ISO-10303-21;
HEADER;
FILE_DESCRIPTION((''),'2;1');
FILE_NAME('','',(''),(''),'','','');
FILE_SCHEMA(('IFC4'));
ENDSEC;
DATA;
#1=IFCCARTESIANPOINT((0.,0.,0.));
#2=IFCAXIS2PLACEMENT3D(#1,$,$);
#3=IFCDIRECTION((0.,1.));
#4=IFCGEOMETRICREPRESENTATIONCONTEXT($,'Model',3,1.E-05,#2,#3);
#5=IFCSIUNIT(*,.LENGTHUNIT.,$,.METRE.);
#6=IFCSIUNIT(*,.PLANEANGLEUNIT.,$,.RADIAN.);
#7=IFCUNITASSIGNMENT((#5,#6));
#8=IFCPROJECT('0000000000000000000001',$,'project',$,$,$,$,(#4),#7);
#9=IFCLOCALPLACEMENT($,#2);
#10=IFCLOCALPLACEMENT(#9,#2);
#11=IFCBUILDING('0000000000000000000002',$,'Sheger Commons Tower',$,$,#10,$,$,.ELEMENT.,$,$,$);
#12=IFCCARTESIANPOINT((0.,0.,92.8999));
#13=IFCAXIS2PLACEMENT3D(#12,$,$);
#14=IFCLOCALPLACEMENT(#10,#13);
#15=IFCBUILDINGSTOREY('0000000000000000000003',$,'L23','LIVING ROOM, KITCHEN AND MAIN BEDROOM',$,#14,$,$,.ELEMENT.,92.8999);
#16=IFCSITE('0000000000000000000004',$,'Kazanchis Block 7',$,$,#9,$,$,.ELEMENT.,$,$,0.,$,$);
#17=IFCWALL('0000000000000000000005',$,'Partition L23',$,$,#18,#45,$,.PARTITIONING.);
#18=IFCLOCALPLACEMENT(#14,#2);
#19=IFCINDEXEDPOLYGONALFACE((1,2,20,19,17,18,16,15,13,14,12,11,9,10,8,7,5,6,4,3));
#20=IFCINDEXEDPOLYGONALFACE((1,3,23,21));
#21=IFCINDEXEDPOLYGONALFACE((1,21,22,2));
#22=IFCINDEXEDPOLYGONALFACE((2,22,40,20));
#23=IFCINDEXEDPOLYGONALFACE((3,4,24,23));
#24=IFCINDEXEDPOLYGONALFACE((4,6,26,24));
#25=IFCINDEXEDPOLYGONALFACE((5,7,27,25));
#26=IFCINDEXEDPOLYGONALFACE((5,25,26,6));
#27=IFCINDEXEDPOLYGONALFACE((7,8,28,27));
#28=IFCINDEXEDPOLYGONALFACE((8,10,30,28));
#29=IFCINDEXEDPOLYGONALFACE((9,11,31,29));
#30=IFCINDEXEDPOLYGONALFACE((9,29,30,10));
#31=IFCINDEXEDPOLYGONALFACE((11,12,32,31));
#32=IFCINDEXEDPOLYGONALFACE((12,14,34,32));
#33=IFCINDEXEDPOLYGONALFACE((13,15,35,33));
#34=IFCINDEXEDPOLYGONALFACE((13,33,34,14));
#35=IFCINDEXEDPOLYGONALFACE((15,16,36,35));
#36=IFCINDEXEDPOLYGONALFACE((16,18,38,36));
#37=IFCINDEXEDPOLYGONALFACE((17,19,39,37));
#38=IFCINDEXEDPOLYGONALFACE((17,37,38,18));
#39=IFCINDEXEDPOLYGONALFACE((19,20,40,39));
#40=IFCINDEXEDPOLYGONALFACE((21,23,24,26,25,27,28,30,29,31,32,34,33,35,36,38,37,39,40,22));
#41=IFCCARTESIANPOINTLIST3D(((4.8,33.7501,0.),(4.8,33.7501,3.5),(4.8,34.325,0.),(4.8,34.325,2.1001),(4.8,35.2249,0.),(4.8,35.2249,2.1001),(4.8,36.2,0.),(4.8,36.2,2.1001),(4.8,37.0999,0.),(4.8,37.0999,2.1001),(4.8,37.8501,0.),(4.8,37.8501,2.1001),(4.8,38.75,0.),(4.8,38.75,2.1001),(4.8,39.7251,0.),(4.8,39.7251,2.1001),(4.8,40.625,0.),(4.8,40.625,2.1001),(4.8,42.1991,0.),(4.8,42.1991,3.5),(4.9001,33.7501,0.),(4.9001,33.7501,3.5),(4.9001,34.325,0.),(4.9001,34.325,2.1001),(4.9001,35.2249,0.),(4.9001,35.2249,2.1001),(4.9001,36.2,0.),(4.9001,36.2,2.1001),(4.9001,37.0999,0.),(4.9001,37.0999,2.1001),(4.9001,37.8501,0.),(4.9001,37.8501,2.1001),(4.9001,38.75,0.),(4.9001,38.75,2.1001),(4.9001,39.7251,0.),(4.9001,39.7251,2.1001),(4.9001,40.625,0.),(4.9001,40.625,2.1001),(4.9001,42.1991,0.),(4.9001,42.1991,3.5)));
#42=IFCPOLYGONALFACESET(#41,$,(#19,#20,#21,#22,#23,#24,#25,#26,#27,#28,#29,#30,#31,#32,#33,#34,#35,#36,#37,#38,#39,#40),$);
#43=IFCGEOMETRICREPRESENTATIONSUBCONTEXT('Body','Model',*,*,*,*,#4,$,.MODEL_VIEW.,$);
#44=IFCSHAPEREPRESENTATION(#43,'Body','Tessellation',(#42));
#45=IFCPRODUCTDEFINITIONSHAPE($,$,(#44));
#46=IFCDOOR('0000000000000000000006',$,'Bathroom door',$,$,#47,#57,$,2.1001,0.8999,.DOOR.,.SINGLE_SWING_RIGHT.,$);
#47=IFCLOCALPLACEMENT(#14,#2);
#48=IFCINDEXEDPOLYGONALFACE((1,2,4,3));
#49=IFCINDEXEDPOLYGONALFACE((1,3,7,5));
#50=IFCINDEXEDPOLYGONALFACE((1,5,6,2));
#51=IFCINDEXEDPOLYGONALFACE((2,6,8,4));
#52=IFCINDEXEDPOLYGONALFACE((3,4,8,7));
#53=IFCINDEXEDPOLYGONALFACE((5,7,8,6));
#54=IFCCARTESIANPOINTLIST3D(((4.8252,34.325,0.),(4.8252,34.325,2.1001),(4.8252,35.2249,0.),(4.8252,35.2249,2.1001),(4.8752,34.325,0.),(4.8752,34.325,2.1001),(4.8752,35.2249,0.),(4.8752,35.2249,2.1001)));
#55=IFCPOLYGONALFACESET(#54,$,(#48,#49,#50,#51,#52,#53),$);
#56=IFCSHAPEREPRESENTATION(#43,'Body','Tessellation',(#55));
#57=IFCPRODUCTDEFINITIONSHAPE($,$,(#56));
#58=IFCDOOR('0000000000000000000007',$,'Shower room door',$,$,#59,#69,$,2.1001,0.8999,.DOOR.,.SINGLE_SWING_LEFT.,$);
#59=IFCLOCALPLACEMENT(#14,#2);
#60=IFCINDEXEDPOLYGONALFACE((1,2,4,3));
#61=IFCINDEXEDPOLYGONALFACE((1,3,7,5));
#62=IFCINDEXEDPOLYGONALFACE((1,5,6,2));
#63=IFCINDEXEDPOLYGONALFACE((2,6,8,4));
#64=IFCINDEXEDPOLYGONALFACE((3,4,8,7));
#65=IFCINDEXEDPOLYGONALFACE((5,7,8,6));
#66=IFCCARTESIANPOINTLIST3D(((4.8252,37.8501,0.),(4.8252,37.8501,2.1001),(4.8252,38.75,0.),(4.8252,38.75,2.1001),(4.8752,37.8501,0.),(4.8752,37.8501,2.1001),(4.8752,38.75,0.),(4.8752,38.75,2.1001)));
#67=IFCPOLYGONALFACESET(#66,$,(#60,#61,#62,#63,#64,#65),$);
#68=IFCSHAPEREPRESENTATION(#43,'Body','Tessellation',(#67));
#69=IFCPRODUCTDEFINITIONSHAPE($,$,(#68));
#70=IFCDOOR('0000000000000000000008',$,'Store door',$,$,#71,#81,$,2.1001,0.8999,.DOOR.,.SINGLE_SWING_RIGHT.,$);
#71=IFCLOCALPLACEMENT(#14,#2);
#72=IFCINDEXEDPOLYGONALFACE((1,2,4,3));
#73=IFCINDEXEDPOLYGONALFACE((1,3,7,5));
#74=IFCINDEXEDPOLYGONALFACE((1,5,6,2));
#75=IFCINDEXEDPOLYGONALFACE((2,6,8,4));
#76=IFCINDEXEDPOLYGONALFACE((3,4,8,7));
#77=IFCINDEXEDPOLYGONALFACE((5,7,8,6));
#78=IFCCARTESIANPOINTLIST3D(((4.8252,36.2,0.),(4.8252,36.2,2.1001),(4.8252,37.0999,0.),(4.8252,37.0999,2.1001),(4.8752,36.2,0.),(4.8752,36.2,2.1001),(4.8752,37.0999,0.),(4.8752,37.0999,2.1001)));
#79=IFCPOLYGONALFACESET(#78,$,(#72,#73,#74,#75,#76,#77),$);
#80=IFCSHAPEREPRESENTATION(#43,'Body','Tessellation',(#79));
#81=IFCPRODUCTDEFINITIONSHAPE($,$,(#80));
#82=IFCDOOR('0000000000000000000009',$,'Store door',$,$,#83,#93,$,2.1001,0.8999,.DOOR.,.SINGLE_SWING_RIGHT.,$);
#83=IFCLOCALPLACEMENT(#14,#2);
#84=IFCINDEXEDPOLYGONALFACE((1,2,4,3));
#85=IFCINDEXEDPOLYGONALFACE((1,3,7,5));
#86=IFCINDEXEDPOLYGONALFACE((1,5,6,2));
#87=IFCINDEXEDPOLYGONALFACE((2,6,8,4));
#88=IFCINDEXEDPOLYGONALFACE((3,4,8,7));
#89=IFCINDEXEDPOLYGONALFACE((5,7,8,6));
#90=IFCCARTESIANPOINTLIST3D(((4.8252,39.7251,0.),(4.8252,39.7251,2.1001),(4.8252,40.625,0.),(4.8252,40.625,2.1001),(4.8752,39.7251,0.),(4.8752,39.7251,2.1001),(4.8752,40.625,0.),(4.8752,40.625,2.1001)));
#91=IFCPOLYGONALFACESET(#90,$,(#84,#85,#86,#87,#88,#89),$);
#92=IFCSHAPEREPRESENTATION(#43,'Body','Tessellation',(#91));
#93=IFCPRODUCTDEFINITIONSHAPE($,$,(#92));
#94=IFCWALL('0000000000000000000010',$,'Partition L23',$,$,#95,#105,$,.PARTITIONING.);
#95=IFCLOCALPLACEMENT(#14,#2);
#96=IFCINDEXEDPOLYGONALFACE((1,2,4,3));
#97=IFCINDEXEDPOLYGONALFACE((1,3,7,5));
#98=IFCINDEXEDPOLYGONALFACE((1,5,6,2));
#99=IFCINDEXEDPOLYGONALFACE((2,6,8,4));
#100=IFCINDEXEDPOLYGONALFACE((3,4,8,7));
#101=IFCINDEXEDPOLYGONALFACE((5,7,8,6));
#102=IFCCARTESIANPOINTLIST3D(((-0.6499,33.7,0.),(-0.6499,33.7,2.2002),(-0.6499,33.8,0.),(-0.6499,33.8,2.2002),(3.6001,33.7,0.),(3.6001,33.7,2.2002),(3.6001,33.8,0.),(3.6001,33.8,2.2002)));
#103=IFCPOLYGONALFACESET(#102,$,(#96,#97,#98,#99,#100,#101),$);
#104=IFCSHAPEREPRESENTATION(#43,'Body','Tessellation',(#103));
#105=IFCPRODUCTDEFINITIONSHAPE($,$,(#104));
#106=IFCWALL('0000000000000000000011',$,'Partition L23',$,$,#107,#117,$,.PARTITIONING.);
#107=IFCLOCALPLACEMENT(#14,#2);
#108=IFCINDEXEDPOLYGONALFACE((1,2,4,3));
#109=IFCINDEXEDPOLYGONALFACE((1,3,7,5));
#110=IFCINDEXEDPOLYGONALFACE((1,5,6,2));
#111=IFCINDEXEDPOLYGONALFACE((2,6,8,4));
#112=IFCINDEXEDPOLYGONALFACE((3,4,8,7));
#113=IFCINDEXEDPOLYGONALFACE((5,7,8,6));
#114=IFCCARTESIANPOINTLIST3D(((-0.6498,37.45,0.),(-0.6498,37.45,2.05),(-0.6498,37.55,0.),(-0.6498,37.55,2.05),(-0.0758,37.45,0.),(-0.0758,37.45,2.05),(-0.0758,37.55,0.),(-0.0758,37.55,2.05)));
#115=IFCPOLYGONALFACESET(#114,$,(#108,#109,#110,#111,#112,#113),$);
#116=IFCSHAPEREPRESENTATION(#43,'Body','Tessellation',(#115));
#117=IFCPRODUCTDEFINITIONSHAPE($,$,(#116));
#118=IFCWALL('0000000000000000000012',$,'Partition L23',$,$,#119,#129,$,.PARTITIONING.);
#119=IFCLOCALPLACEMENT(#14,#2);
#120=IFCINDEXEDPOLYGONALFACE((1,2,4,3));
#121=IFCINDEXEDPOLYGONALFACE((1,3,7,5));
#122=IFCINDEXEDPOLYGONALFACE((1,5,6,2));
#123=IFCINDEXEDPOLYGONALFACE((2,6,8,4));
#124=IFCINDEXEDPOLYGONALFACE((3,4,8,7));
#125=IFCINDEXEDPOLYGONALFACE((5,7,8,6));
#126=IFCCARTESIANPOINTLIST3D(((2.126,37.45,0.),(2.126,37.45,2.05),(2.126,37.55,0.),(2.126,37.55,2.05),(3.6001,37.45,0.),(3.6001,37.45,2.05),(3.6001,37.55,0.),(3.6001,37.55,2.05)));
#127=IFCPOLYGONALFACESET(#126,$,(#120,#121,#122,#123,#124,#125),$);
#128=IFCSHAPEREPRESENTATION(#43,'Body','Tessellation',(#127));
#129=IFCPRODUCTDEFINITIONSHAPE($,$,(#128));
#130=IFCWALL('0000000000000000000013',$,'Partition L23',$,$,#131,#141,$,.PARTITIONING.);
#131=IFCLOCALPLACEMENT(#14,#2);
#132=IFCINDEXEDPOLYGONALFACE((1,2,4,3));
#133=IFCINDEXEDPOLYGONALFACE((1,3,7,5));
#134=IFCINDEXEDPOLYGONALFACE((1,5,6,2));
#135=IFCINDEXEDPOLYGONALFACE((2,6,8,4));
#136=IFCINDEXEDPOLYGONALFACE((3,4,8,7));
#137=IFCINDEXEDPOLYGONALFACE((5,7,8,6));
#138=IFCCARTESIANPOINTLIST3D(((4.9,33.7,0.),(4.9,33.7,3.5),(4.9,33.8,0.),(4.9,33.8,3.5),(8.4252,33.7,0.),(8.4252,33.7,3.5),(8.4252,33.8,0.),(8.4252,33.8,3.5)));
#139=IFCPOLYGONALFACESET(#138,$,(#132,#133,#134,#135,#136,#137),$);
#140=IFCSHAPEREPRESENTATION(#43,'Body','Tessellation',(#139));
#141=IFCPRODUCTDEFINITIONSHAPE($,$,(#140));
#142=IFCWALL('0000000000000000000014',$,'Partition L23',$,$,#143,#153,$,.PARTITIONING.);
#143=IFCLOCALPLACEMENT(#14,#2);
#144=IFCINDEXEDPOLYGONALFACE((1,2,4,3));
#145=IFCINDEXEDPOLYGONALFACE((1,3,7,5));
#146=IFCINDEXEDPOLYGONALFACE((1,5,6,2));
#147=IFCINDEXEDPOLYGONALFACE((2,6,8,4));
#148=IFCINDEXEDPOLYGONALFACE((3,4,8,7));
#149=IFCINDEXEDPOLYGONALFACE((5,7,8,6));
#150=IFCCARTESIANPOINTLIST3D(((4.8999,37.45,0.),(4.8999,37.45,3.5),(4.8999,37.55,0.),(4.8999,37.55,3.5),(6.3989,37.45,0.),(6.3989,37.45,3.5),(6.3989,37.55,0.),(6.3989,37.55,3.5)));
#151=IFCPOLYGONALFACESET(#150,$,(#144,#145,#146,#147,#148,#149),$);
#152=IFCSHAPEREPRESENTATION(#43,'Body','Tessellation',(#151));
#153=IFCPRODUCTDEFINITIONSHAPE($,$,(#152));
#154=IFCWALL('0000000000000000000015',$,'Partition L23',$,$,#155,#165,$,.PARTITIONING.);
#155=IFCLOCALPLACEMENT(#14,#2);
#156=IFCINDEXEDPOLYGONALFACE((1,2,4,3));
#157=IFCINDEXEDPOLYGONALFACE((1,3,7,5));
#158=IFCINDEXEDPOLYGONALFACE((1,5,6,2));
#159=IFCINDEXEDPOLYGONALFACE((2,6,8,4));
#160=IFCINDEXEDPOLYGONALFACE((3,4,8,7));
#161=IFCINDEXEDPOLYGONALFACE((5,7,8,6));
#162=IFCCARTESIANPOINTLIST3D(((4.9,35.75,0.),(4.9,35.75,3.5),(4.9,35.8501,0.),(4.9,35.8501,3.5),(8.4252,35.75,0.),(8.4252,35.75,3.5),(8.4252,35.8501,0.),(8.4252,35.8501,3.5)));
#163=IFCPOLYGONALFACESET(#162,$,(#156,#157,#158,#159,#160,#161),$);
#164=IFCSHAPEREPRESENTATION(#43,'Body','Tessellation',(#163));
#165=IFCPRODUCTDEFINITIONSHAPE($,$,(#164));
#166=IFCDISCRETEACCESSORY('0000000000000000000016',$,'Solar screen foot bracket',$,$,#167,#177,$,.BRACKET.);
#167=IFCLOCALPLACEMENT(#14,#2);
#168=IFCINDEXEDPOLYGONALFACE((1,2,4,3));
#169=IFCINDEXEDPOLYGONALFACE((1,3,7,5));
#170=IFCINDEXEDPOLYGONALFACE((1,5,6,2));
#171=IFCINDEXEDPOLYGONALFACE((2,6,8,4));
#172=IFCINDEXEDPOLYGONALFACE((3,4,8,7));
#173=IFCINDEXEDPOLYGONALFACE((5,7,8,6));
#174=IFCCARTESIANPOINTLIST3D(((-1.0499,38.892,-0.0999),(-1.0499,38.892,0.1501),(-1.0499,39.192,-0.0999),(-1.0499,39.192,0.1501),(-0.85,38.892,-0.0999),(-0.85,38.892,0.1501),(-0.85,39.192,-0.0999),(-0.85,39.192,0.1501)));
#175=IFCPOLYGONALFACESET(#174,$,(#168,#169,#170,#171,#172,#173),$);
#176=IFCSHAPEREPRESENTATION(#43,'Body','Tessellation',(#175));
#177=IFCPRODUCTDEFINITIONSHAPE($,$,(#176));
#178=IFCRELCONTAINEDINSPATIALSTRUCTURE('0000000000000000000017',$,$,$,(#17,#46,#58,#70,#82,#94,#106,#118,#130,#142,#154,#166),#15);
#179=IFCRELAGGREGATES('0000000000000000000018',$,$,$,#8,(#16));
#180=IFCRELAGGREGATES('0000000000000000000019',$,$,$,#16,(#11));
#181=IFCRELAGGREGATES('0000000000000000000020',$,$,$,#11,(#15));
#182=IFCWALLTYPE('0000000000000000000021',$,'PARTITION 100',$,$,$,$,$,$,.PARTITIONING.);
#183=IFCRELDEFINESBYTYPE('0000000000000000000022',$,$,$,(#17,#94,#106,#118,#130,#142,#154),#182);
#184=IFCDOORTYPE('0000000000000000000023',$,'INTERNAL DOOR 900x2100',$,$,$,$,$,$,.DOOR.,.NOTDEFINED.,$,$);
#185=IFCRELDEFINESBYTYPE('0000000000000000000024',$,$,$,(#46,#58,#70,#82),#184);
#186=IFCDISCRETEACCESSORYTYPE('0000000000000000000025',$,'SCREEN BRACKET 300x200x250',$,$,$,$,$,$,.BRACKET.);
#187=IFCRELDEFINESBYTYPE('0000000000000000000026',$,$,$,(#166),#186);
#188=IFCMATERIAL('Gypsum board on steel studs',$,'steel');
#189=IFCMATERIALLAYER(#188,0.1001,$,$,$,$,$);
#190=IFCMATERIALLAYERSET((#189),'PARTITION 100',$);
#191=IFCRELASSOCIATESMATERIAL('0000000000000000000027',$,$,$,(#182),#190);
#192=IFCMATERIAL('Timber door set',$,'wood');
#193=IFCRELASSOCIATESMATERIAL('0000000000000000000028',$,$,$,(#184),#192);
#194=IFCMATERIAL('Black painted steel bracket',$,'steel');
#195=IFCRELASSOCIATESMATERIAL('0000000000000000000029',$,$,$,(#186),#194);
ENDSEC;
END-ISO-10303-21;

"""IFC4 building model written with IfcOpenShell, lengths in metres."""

from ifc_helpers import new_model, si_unit, direction, frame, frame_2d, origin, origin_2d, place, context, subcontext, project, spatial, rectangle, extrude, material, layer, layer_set, type_object, element, fill, save


model = new_model("IFC4")

# Units and contexts
model_context = context("Model", 3, precision=1e-05, world=origin(), true_north=direction((0.0, 1.0)))
body_context = subcontext(model_context, "Body", "Model", "MODEL_VIEW")
ifc_project = project(units=[si_unit("LENGTHUNIT", "METRE"), si_unit("PLANEANGLEUNIT", "RADIAN")], contexts=[model_context])

# Site, building, storey
site_placement = place(None, origin())
site = spatial("IfcSite", under=ifc_project, at=site_placement, Name="Kazanchis Block 7", CompositionType="ELEMENT", RefElevation=0.0)
building_placement = place(site_placement, origin())
building = spatial("IfcBuilding", under=site, at=building_placement, Name="Sheger Commons Tower", CompositionType="ELEMENT")
storey_placement = place(building_placement, frame((0.0, 0.0, 92.8999)))
storey = spatial("IfcBuildingStorey", under=building, at=storey_placement, Name="L23", Description="LIVING ROOM, KITCHEN AND MAIN BEDROOM", CompositionType="ELEMENT", Elevation=92.8999)

# Wall, openings, doors
ifc_material_1 = material(Name="Gypsum board on steel studs", Category="steel")
ifc_layer_1 = layer(ifc_material_1, 0.1001)
ifc_layer_set_1 = layer_set([ifc_layer_1], Name="PARTITION 100")
wall_type = type_object("IfcWallType", Name="PARTITION 100", PredefinedType="PARTITIONING", material=ifc_layer_set_1)
ifc_material_2 = material(Name="Timber door set", Category="wood")
door_type = type_object("IfcDoorType", Name="INTERNAL DOOR 900x2100", OperationType="NOTDEFINED", PredefinedType="DOOR", material=ifc_material_2)
wall_1_placement = place(storey_placement, frame((4.8501, 33.75, 0.0), z_axis=(0.0, 0.0, 1.0), x_axis=(0.0, 1.0, 0.0)))
wall_1 = element("IfcWall", 1, at=wall_1_placement, inside=storey, type_object=wall_type, Name="Partition L23", PredefinedType="PARTITIONING", context=body_context, shape_type="SweptSolid", body=[
    extrude(rectangle(XDim=8.449, YDim=0.1001, at=frame_2d((4.2246, 0.0))), origin(), (0.0, 0.0, 1.0), 3.5),
])
opening_1_placement = place(wall_1_placement, frame((0.575, 0.0, 0.0)))
opening_1 = element("IfcOpeningElement", 2, at=opening_1_placement, cuts=wall_1, PredefinedType="OPENING", context=body_context, shape_type="SweptSolid", body=[
    extrude(rectangle(XDim=0.8999, YDim=2.1001, at=frame_2d((0.45, 1.05))), frame((0.0, 0.0601, 0.0), z_axis=(0.0, -1.0, 0.0), x_axis=(1.0, 0.0, 0.0)), (0.0, 0.0, 1.0), 0.1201),
])
opening_2_placement = place(wall_1_placement, frame((4.1001, 0.0, 0.0)))
opening_2 = element("IfcOpeningElement", 3, at=opening_2_placement, cuts=wall_1, PredefinedType="OPENING", context=body_context, shape_type="SweptSolid", body=[
    extrude(rectangle(XDim=0.8999, YDim=2.1001, at=frame_2d((0.45, 1.05))), frame((0.0, 0.0601, 0.0), z_axis=(0.0, -1.0, 0.0), x_axis=(1.0, 0.0, 0.0)), (0.0, 0.0, 1.0), 0.1201),
])
opening_3_placement = place(wall_1_placement, frame((2.45, 0.0, 0.0)))
opening_3 = element("IfcOpeningElement", 4, at=opening_3_placement, cuts=wall_1, PredefinedType="OPENING", context=body_context, shape_type="SweptSolid", body=[
    extrude(rectangle(XDim=0.8999, YDim=2.1001, at=frame_2d((0.45, 1.05))), frame((0.0, 0.0601, 0.0), z_axis=(0.0, -1.0, 0.0), x_axis=(1.0, 0.0, 0.0)), (0.0, 0.0, 1.0), 0.1201),
])
opening_4_placement = place(wall_1_placement, frame((5.9751, 0.0, 0.0)))
opening_4 = element("IfcOpeningElement", 5, at=opening_4_placement, cuts=wall_1, PredefinedType="OPENING", context=body_context, shape_type="SweptSolid", body=[
    extrude(rectangle(XDim=0.8999, YDim=2.1001, at=frame_2d((0.45, 1.05))), frame((0.0, 0.0601, 0.0), z_axis=(0.0, -1.0, 0.0), x_axis=(1.0, 0.0, 0.0)), (0.0, 0.0, 1.0), 0.1201),
])
door_1_placement = place(opening_1_placement, origin())
door_1 = element("IfcDoor", 6, at=door_1_placement, inside=storey, type_object=door_type, Name="Bathroom door", OperationType="SINGLE_SWING_RIGHT", OverallHeight=2.1001, OverallWidth=0.8999, PredefinedType="DOOR", context=body_context, shape_type="SweptSolid", body=[
    extrude(rectangle(XDim=0.8999, YDim=2.1001, at=frame_2d((0.45, 1.05))), frame((0.0, 0.0249, 0.0), z_axis=(0.0, -1.0, 0.0), x_axis=(1.0, 0.0, 0.0)), (0.0, 0.0, 1.0), 0.05),
])
fill(opening_1, door_1)
door_2_placement = place(opening_2_placement, origin())
door_2 = element("IfcDoor", 7, at=door_2_placement, inside=storey, type_object=door_type, Name="Shower room door", OperationType="SINGLE_SWING_LEFT", OverallHeight=2.1001, OverallWidth=0.8999, PredefinedType="DOOR", context=body_context, shape_type="SweptSolid", body=[
    extrude(rectangle(XDim=0.8999, YDim=2.1001, at=frame_2d((0.45, 1.05))), frame((0.0, 0.0249, 0.0), z_axis=(0.0, -1.0, 0.0), x_axis=(1.0, 0.0, 0.0)), (0.0, 0.0, 1.0), 0.05),
])
fill(opening_2, door_2)
door_3_placement = place(opening_3_placement, origin())
door_3 = element("IfcDoor", 8, at=door_3_placement, inside=storey, type_object=door_type, Name="Store door", OperationType="SINGLE_SWING_RIGHT", OverallHeight=2.1001, OverallWidth=0.8999, PredefinedType="DOOR", context=body_context, shape_type="SweptSolid", body=[
    extrude(rectangle(XDim=0.8999, YDim=2.1001, at=frame_2d((0.45, 1.05))), frame((0.0, 0.0249, 0.0), z_axis=(0.0, -1.0, 0.0), x_axis=(1.0, 0.0, 0.0)), (0.0, 0.0, 1.0), 0.05),
])
fill(opening_3, door_3)
door_4_placement = place(opening_4_placement, origin())
door_4 = element("IfcDoor", 9, at=door_4_placement, inside=storey, type_object=door_type, Name="Store door", OperationType="SINGLE_SWING_RIGHT", OverallHeight=2.1001, OverallWidth=0.8999, PredefinedType="DOOR", context=body_context, shape_type="SweptSolid", body=[
    extrude(rectangle(XDim=0.8999, YDim=2.1001, at=frame_2d((0.45, 1.05))), frame((0.0, 0.0249, 0.0), z_axis=(0.0, -1.0, 0.0), x_axis=(1.0, 0.0, 0.0)), (0.0, 0.0, 1.0), 0.05),
])
fill(opening_4, door_4)

# Walls
wall_2_placement = place(storey_placement, frame((-0.6499, 33.75, 0.0), z_axis=(0.0, 0.0, 1.0), x_axis=(1.0, 0.0, 0.0)))
element("IfcWall", 10, at=wall_2_placement, inside=storey, type_object=wall_type, Name="Partition L23", PredefinedType="PARTITIONING", context=body_context, shape_type="SweptSolid", body=[
    extrude(rectangle(XDim=4.25, YDim=0.1001, at=frame_2d((2.125, 0.0))), origin(), (0.0, 0.0, 1.0), 2.2002),
])
wall_3_placement = place(storey_placement, frame((-0.6499, 37.5, 0.0), z_axis=(0.0, 0.0, 1.0), x_axis=(1.0, 0.0, 0.0)))
element("IfcWall", 11, at=wall_3_placement, inside=storey, type_object=wall_type, Name="Partition L23", PredefinedType="PARTITIONING", context=body_context, shape_type="SweptSolid", body=[
    extrude(rectangle(XDim=0.574, YDim=0.1001, at=frame_2d((0.2871, 0.0))), origin(), (0.0, 0.0, 1.0), 2.05),
])
wall_4_placement = place(storey_placement, frame((2.126, 37.5, 0.0), z_axis=(0.0, 0.0, 1.0), x_axis=(1.0, 0.0, 0.0)))
element("IfcWall", 12, at=wall_4_placement, inside=storey, type_object=wall_type, Name="Partition L23", PredefinedType="PARTITIONING", context=body_context, shape_type="SweptSolid", body=[
    extrude(rectangle(XDim=1.4741, YDim=0.1001, at=frame_2d((0.7371, 0.0))), origin(), (0.0, 0.0, 1.0), 2.05),
])
wall_5_placement = place(storey_placement, frame((4.8999, 33.75, 0.0), z_axis=(0.0, 0.0, 1.0), x_axis=(1.0, 0.0, 0.0)))
element("IfcWall", 13, at=wall_5_placement, inside=storey, type_object=wall_type, Name="Partition L23", PredefinedType="PARTITIONING", context=body_context, shape_type="SweptSolid", body=[
    extrude(rectangle(XDim=3.5251, YDim=0.1001, at=frame_2d((1.7627, 0.0))), origin(), (0.0, 0.0, 1.0), 3.5),
])
wall_6_placement = place(storey_placement, frame((4.8999, 37.5, 0.0), z_axis=(0.0, 0.0, 1.0), x_axis=(1.0, 0.0, 0.0)))
element("IfcWall", 14, at=wall_6_placement, inside=storey, type_object=wall_type, Name="Partition L23", PredefinedType="PARTITIONING", context=body_context, shape_type="SweptSolid", body=[
    extrude(rectangle(XDim=1.499, YDim=0.1001, at=frame_2d((0.7495, 0.0))), origin(), (0.0, 0.0, 1.0), 3.5),
])
wall_7_placement = place(storey_placement, frame((4.8999, 35.8, 0.0), z_axis=(0.0, 0.0, 1.0), x_axis=(1.0, 0.0, 0.0)))
element("IfcWall", 15, at=wall_7_placement, inside=storey, type_object=wall_type, Name="Partition L23", PredefinedType="PARTITIONING", context=body_context, shape_type="SweptSolid", body=[
    extrude(rectangle(XDim=3.5251, YDim=0.1001, at=frame_2d((1.7627, 0.0))), origin(), (0.0, 0.0, 1.0), 3.5),
])

# Discrete accessory
ifc_material_3 = material(Name="Black painted steel bracket", Category="steel")
discrete_accessory_type = type_object("IfcDiscreteAccessoryType", Name="SCREEN BRACKET 300x200x250", PredefinedType="BRACKET", material=ifc_material_3)
for number, where, z_axis, x_axis, name in (
    (16, (-0.95, 39.042, -0.0999), (0.0, 0.0, 1.0), (0.0, -1.0, 0.0), "Solar screen foot bracket"),
):
    element("IfcDiscreteAccessory", number, at=place(storey_placement, frame(where, z_axis=z_axis, x_axis=x_axis)), inside=storey, type_object=discrete_accessory_type, Name=name, PredefinedType="BRACKET", context=body_context, shape_type="SweptSolid", body=[
        extrude(rectangle(XDim=0.3, YDim=0.2, at=origin_2d()), origin(), (0.0, 0.0, 1.0), 0.25),
    ])

save(model, "model.ifc")
